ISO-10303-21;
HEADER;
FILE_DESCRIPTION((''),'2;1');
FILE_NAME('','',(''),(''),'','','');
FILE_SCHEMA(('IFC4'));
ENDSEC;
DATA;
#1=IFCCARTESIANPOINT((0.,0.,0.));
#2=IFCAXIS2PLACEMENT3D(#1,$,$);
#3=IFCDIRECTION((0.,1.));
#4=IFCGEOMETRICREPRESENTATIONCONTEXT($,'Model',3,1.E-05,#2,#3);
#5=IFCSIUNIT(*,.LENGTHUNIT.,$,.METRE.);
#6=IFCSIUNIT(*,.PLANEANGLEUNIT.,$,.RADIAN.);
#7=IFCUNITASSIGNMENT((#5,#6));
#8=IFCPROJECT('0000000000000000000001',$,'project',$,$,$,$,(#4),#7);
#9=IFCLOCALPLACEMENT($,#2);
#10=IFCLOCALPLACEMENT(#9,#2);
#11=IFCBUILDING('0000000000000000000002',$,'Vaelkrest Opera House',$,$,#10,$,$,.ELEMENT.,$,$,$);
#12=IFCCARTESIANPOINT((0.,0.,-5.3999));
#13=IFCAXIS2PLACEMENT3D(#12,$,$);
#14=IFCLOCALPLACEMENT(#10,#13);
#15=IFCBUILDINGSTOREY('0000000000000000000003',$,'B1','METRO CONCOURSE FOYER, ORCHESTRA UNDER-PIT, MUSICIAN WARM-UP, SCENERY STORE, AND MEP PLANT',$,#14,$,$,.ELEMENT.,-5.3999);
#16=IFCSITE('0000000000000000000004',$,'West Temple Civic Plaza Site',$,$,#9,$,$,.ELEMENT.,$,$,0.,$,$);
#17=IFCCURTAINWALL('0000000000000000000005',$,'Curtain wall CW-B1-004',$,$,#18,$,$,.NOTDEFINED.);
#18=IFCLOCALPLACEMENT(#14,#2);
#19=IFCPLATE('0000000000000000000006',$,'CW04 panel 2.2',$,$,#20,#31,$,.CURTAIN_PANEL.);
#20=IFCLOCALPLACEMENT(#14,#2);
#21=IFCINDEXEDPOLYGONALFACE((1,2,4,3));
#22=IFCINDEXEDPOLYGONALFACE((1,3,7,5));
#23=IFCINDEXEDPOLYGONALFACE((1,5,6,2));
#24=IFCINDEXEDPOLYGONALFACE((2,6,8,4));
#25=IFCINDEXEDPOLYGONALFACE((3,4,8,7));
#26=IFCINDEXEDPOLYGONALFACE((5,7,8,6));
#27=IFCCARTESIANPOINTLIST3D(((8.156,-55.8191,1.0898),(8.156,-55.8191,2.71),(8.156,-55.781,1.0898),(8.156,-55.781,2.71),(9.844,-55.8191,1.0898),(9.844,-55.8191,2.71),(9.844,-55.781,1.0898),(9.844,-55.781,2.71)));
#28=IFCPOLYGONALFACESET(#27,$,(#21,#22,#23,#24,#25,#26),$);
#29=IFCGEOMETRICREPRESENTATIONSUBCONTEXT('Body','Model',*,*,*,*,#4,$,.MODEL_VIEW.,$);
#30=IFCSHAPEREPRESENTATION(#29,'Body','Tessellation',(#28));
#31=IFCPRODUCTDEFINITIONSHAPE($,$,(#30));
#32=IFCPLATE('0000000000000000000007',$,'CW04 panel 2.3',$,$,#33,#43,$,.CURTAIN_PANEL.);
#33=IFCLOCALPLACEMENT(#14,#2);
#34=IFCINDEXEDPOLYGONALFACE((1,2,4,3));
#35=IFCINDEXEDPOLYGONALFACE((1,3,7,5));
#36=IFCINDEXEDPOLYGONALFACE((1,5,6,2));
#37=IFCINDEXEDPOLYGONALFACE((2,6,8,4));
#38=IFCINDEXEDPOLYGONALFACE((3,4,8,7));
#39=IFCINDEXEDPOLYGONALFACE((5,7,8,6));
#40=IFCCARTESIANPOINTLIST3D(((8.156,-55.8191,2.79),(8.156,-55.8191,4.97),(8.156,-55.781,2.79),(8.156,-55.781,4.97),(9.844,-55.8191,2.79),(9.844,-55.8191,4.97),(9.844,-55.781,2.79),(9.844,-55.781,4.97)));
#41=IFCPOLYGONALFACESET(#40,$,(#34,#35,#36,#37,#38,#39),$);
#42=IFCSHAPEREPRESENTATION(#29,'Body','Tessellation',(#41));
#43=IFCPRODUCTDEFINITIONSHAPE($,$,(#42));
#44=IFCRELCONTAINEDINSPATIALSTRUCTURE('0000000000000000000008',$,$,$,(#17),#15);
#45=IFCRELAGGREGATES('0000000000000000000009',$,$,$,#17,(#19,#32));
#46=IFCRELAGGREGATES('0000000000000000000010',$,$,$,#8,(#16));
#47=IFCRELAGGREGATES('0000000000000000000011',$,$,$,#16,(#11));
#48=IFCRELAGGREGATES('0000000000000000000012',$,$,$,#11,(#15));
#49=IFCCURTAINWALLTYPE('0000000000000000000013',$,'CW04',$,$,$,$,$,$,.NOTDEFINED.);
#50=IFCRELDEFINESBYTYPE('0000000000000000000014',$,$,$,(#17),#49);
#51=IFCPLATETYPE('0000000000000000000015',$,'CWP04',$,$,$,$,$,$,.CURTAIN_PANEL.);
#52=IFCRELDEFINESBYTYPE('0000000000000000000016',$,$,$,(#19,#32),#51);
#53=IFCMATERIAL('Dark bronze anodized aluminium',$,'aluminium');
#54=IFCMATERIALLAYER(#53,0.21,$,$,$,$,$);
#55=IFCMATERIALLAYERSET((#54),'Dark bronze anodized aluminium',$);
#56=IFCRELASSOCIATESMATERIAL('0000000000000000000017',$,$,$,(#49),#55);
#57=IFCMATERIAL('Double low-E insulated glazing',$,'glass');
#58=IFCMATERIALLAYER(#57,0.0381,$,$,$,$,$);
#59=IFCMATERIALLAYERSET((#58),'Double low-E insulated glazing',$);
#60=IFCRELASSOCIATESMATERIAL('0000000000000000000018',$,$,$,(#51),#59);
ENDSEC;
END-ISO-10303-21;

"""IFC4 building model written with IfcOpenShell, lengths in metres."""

from ifc_helpers import new_model, si_unit, direction, frame, origin, origin_2d, place, context, subcontext, project, spatial, rectangle, extrude, material, layer, layer_set, type_object, element, aggregate, save


model = new_model("IFC4")

# Units and contexts
model_context = context("Model", 3, precision=1e-05, world=origin(), true_north=direction((0.0, 1.0)))
body_context = subcontext(model_context, "Body", "Model", "MODEL_VIEW")
ifc_project = project(units=[si_unit("LENGTHUNIT", "METRE"), si_unit("PLANEANGLEUNIT", "RADIAN")], contexts=[model_context])

# Site, building, storey
site_placement = place(None, origin())
site = spatial("IfcSite", under=ifc_project, at=site_placement, Name="West Temple Civic Plaza Site", CompositionType="ELEMENT", RefElevation=0.0)
building_placement = place(site_placement, origin())
building = spatial("IfcBuilding", under=site, at=building_placement, Name="Vaelkrest Opera House", CompositionType="ELEMENT")
storey_placement = place(building_placement, frame((0.0, 0.0, -5.3999)))
storey = spatial("IfcBuildingStorey", under=building, at=storey_placement, Name="B1", Description="METRO CONCOURSE FOYER, ORCHESTRA UNDER-PIT, MUSICIAN WARM-UP, SCENERY STORE, AND MEP PLANT", CompositionType="ELEMENT", Elevation=-5.3999)

# Curtain wall, plates
ifc_material_1 = material(Name="Dark bronze anodized aluminium", Category="aluminium")
ifc_layer_1 = layer(ifc_material_1, 0.21)
ifc_layer_set_1 = layer_set([ifc_layer_1], Name="Dark bronze anodized aluminium")
curtain_wall_type = type_object("IfcCurtainWallType", Name="CW04", PredefinedType="NOTDEFINED", material=ifc_layer_set_1)
curtain_wall_placement = place(storey_placement, origin())
curtain_wall = element("IfcCurtainWall", 1, at=curtain_wall_placement, inside=storey, type_object=curtain_wall_type, Name="Curtain wall CW-B1-004", PredefinedType="NOTDEFINED")
ifc_material_2 = material(Name="Double low-E insulated glazing", Category="glass")
ifc_layer_2 = layer(ifc_material_2, 0.0381)
ifc_layer_set_2 = layer_set([ifc_layer_2], Name="Double low-E insulated glazing")
plate_type = type_object("IfcPlateType", Name="CWP04", PredefinedType="CURTAIN_PANEL", material=ifc_layer_set_2)
plate_1_placement = place(storey_placement, frame((9.0, -55.8, 1.0898), z_axis=(0.0, 0.0, 1.0), x_axis=(-1.0, 0.0, 0.0)))
plate_1 = element("IfcPlate", 2, at=plate_1_placement, type_object=plate_type, Name="CW04 panel 2.2", PredefinedType="CURTAIN_PANEL", context=body_context, shape_type="SweptSolid", body=[
    extrude(rectangle(XDim=1.688, YDim=0.0381, at=origin_2d()), origin(), (0.0, 0.0, 1.0), 1.6201),
])
plate_2_placement = place(storey_placement, frame((9.0, -55.8, 2.79), z_axis=(0.0, 0.0, 1.0), x_axis=(-1.0, 0.0, 0.0)))
plate_2 = element("IfcPlate", 3, at=plate_2_placement, type_object=plate_type, Name="CW04 panel 2.3", PredefinedType="CURTAIN_PANEL", context=body_context, shape_type="SweptSolid", body=[
    extrude(rectangle(XDim=1.688, YDim=0.0381, at=origin_2d()), origin(), (0.0, 0.0, 1.0), 2.1799),
])
aggregate(curtain_wall, [plate_1, plate_2])

save(model, "model.ifc")
